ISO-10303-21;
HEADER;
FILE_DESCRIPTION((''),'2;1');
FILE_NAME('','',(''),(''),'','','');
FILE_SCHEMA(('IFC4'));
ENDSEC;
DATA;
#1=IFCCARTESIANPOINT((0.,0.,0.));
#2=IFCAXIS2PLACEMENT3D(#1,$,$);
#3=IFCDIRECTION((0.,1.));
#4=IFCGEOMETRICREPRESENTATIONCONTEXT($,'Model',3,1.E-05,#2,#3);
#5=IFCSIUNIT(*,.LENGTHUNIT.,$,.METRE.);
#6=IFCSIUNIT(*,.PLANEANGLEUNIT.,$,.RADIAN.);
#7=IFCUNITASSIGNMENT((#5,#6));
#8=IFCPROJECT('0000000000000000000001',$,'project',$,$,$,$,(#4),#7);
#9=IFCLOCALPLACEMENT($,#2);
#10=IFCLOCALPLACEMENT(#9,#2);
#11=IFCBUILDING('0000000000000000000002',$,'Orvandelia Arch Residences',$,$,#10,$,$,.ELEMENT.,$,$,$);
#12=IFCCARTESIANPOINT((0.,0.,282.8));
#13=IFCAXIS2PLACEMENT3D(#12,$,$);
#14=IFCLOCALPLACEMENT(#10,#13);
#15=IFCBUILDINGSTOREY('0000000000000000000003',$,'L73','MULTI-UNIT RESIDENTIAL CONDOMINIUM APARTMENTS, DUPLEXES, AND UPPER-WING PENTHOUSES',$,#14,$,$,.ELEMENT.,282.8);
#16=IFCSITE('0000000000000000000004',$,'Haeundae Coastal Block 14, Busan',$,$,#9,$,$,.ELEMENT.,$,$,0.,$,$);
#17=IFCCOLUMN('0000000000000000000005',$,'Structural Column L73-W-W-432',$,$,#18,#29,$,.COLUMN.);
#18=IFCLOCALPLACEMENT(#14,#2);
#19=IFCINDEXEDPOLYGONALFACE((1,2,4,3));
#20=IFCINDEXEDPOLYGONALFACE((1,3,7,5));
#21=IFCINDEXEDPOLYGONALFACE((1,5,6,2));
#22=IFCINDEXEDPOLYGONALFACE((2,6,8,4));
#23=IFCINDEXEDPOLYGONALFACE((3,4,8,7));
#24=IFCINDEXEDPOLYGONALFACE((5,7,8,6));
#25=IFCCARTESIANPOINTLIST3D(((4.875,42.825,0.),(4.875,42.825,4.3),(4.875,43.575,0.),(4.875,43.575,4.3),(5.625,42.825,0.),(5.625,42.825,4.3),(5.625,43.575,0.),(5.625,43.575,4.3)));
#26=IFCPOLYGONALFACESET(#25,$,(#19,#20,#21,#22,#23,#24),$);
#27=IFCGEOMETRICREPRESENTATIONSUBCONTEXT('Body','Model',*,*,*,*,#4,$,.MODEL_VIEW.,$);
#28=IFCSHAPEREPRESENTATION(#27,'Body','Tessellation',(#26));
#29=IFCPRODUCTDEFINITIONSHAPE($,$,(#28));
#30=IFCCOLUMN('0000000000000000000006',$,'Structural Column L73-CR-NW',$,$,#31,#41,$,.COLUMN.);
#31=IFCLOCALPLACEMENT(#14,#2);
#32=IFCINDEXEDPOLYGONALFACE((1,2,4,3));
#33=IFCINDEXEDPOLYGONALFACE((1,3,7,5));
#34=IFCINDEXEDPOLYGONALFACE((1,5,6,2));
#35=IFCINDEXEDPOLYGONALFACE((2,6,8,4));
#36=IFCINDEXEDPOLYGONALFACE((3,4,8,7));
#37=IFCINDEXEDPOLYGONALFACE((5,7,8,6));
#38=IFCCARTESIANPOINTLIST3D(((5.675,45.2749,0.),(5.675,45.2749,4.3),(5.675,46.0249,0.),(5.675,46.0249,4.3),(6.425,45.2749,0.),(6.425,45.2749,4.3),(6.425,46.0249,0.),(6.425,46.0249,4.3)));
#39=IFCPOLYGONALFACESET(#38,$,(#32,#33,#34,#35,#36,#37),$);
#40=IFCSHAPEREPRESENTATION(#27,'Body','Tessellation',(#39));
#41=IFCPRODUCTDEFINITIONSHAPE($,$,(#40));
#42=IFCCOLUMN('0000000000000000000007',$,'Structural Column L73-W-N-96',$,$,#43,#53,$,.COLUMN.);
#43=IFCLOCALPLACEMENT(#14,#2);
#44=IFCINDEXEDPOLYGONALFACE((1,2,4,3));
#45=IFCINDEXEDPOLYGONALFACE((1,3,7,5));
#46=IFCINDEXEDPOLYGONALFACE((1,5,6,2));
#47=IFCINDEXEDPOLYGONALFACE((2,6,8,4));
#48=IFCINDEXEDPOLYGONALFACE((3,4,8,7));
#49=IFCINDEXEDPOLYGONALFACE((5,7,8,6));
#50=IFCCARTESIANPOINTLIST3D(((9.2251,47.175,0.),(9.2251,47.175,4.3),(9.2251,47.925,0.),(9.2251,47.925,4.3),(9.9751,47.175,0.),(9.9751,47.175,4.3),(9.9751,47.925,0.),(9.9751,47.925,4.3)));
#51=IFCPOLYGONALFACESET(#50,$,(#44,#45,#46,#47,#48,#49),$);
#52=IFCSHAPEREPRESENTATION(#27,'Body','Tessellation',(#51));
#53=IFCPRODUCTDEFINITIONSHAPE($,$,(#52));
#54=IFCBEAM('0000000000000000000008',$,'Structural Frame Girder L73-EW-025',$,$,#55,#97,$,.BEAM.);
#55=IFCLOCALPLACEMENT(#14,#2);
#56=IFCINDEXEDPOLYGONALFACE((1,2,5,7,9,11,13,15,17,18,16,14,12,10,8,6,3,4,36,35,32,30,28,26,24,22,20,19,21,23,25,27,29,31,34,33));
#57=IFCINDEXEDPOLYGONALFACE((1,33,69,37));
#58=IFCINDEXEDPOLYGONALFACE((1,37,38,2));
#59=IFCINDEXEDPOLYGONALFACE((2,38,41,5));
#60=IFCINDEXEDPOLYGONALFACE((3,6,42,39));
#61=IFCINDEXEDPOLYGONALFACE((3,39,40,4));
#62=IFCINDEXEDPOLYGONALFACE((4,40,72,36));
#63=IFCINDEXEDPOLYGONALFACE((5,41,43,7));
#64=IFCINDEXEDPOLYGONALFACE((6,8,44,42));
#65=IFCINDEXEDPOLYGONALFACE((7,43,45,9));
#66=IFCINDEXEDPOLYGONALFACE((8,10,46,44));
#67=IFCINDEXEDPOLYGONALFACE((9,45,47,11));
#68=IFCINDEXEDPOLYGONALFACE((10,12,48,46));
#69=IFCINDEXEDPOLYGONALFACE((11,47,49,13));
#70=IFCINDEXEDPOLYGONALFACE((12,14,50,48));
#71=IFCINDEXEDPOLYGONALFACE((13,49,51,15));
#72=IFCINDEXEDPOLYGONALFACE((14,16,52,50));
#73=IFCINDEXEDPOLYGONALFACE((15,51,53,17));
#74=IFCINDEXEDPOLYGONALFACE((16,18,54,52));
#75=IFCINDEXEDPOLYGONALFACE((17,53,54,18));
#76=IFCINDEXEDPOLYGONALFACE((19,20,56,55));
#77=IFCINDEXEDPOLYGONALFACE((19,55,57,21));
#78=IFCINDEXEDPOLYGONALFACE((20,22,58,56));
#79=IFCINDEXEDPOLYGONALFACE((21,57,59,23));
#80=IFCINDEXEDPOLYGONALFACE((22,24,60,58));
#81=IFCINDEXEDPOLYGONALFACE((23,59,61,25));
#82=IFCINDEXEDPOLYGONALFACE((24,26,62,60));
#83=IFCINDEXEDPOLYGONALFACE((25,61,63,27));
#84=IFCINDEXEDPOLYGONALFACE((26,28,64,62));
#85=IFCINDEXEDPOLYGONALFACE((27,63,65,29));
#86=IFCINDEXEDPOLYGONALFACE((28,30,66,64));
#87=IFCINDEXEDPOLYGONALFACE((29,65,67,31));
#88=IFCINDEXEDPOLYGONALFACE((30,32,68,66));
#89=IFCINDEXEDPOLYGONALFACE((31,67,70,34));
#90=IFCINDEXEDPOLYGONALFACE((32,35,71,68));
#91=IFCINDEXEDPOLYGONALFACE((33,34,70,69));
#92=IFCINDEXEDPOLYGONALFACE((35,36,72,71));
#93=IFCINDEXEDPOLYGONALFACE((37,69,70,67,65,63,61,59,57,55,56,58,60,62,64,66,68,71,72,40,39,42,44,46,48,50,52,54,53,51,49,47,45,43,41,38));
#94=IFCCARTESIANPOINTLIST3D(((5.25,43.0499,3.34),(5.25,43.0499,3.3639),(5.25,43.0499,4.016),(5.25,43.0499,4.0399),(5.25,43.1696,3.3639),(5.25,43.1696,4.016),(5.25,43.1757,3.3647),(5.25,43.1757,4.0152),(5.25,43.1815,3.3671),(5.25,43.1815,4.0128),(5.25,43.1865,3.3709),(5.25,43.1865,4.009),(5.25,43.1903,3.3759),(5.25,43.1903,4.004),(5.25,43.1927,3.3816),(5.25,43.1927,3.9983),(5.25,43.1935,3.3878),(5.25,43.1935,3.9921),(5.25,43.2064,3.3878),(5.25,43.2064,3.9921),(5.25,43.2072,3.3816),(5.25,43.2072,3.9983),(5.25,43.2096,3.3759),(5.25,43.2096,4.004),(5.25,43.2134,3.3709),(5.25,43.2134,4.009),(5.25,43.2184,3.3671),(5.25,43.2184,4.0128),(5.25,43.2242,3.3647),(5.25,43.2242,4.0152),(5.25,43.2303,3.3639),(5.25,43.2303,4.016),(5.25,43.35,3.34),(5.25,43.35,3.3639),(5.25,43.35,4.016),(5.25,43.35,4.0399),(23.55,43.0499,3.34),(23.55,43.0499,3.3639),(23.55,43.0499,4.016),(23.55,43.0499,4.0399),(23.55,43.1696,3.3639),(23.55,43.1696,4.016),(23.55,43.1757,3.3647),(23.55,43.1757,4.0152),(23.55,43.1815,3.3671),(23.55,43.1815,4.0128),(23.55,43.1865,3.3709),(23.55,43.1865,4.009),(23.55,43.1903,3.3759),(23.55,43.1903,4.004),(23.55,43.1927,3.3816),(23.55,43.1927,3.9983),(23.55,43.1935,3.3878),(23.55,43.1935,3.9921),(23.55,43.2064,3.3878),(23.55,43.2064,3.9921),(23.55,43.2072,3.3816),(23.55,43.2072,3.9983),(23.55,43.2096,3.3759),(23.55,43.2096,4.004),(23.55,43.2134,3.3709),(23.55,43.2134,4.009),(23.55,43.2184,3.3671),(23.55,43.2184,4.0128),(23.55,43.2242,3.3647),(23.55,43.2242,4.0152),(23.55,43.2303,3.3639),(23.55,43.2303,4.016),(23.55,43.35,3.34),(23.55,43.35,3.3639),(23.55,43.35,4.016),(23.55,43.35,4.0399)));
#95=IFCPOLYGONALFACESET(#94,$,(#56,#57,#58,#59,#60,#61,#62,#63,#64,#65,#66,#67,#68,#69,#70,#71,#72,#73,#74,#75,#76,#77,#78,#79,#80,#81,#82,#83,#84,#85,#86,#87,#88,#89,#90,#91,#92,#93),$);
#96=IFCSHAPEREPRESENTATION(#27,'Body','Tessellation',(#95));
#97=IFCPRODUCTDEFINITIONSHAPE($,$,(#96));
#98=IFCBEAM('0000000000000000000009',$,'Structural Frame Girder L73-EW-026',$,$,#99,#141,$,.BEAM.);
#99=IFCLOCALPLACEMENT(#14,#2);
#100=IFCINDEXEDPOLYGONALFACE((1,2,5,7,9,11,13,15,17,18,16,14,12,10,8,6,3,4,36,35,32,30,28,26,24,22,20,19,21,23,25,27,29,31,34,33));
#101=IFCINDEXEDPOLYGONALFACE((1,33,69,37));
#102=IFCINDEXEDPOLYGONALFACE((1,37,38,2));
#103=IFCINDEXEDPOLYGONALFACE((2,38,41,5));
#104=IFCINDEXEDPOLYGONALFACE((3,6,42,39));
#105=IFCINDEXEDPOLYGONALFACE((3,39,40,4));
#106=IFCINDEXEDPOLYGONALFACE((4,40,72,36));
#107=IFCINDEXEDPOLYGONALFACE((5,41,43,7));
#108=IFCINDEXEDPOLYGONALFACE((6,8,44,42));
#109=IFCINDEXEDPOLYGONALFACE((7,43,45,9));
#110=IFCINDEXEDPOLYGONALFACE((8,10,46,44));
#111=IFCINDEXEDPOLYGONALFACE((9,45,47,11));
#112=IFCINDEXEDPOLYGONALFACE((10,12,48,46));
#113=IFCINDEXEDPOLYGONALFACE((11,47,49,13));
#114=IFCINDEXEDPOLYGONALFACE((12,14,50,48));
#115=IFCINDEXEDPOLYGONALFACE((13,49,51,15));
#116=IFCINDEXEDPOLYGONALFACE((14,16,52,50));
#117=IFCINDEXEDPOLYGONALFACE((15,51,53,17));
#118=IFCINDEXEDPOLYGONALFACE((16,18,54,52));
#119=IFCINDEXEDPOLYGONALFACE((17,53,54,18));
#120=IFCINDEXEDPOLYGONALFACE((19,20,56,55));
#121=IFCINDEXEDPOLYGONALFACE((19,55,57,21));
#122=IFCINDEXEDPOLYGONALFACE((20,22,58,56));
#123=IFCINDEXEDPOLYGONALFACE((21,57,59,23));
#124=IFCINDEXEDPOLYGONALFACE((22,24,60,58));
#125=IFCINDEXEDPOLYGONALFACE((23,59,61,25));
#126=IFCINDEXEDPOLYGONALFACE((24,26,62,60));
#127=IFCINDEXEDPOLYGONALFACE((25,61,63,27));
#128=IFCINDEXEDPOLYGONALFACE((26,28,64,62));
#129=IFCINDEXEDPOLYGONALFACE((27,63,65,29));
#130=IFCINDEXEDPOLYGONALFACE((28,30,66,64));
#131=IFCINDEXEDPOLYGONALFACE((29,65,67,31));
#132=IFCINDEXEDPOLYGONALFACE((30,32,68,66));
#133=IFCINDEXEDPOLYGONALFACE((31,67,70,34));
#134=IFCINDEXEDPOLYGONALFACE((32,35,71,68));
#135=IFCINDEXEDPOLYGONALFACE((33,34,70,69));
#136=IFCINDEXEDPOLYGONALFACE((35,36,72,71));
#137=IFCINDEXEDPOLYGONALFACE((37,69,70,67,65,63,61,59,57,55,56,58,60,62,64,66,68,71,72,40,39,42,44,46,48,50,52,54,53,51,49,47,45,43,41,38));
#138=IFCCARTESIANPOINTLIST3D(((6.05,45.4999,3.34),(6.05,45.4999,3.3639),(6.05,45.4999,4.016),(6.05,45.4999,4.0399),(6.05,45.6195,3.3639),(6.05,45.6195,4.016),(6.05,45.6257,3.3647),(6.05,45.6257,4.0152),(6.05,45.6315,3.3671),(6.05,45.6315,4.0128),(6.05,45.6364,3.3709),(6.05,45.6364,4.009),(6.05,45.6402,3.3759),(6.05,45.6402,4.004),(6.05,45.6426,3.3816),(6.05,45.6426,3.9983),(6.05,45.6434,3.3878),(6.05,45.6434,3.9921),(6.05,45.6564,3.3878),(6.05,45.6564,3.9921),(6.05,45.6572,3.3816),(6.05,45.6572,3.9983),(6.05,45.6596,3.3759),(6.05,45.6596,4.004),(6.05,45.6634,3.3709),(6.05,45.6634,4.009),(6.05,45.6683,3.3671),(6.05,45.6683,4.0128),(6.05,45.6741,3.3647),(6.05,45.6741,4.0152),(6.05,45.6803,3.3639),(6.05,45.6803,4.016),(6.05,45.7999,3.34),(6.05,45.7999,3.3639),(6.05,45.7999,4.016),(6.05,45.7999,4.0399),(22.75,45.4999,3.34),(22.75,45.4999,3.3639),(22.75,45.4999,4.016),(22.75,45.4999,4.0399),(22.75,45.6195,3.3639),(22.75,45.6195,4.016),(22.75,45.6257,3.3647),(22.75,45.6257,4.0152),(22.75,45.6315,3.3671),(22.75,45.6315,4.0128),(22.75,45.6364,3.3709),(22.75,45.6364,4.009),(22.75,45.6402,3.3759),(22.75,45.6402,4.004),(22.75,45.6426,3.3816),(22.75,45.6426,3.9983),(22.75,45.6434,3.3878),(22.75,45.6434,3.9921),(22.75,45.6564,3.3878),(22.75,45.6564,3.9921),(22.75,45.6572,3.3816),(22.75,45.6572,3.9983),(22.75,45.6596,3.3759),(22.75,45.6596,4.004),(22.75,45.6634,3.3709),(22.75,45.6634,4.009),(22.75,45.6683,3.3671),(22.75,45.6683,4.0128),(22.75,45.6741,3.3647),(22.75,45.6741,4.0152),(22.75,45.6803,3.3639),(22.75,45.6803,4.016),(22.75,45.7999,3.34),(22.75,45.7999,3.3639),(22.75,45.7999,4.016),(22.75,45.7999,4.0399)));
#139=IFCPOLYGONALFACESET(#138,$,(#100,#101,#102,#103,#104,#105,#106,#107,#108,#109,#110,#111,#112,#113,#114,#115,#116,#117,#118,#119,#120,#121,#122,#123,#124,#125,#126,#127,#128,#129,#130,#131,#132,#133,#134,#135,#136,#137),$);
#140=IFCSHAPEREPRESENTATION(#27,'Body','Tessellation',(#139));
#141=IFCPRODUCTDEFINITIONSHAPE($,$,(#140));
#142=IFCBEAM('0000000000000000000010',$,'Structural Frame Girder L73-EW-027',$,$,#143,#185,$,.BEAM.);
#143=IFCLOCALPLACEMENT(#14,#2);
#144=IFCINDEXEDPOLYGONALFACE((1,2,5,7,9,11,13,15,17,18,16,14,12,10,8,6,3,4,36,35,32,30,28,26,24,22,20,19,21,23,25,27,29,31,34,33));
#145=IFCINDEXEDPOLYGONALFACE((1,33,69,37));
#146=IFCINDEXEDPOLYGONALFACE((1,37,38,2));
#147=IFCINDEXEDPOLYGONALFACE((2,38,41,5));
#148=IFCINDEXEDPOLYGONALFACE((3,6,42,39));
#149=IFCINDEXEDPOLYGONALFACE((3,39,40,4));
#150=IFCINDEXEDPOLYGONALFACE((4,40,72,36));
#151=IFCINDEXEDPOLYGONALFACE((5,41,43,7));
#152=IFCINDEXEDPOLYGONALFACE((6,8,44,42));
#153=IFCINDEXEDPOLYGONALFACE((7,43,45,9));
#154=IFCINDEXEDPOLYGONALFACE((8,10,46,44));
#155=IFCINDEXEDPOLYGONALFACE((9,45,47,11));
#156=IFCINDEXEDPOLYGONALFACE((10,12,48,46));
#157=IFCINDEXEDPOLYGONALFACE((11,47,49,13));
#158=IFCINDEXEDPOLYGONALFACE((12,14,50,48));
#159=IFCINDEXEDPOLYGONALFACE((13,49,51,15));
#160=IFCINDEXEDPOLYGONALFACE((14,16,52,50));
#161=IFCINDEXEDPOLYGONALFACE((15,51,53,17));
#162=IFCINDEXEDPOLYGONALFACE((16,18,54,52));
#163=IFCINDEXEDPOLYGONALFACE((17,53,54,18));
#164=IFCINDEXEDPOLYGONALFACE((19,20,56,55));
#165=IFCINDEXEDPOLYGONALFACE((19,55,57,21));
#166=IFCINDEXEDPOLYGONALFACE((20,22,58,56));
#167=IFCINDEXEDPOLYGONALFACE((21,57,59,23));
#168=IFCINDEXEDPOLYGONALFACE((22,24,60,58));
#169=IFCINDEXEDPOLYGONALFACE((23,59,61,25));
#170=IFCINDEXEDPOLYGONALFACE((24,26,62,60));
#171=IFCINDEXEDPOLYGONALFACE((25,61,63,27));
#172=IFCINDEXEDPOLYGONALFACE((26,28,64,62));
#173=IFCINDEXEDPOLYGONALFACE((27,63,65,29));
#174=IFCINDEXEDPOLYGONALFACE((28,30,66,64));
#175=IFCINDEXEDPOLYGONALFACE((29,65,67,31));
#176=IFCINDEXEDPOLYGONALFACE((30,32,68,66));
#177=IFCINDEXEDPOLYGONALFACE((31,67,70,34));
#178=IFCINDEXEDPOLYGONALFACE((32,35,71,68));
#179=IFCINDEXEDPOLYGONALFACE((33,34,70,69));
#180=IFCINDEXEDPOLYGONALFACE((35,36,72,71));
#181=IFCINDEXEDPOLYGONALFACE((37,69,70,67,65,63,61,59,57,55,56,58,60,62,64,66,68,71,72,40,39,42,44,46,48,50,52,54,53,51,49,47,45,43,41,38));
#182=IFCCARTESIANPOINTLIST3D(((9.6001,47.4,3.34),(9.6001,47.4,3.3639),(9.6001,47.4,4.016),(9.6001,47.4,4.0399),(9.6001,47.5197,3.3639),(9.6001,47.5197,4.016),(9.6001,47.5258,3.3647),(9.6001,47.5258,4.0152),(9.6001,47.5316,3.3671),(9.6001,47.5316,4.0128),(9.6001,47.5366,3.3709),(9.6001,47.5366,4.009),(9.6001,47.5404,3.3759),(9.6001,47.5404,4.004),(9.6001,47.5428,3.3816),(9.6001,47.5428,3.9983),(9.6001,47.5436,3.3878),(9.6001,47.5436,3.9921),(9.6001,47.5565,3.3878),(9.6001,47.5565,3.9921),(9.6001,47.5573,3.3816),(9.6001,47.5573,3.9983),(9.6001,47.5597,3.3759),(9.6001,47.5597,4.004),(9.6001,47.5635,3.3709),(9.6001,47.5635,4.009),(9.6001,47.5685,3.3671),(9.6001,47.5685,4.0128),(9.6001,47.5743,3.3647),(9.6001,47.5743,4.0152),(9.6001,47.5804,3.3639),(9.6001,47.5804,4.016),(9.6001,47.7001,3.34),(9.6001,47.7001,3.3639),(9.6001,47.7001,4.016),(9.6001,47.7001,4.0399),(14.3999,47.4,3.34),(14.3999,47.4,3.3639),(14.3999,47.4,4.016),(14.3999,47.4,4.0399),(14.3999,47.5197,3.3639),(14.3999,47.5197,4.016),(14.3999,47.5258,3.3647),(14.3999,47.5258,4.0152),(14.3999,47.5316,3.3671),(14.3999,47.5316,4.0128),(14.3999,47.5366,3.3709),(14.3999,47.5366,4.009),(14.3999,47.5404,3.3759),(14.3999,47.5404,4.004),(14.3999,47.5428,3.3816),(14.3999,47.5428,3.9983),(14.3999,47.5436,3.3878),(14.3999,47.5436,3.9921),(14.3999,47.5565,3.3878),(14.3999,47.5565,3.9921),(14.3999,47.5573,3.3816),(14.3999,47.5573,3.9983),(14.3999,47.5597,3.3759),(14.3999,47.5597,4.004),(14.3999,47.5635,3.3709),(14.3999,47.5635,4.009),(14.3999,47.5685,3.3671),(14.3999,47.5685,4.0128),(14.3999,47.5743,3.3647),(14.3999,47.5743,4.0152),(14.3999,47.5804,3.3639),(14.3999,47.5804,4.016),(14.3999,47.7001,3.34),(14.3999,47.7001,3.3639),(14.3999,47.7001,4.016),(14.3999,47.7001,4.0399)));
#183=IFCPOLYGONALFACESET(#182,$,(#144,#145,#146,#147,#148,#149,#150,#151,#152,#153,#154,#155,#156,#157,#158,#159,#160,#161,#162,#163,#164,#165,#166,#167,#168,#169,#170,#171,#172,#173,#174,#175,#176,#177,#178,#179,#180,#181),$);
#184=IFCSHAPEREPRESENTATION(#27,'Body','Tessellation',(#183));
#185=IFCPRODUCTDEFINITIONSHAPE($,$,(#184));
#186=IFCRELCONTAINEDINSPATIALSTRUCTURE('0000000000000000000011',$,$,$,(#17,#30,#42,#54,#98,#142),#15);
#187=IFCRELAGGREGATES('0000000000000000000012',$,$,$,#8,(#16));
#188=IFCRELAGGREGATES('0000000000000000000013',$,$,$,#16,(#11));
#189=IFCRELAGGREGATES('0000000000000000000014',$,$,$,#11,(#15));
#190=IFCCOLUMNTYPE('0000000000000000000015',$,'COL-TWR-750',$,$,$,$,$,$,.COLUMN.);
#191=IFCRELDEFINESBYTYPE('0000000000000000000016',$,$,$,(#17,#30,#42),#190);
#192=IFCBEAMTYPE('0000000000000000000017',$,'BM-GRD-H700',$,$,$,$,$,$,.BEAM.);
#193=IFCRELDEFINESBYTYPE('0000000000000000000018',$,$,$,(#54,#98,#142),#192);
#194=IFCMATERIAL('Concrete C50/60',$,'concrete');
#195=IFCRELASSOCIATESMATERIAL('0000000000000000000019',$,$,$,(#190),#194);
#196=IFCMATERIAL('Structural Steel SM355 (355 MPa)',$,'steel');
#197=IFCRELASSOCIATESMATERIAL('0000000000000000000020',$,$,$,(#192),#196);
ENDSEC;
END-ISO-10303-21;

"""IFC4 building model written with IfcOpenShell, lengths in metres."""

from ifc_helpers import new_model, si_unit, direction, frame, origin, origin_2d, place, context, subcontext, project, spatial, rectangle, i_section, extrude, material, material_profile, profile_set, type_object, element, save


model = new_model("IFC4")

# Units and contexts
model_context = context("Model", 3, precision=1e-05, world=origin(), true_north=direction((0.0, 1.0)))
body_context = subcontext(model_context, "Body", "Model", "MODEL_VIEW")
ifc_project = project(units=[si_unit("LENGTHUNIT", "METRE"), si_unit("PLANEANGLEUNIT", "RADIAN")], contexts=[model_context])

# Site, building, storey
site_placement = place(None, origin())
site = spatial("IfcSite", under=ifc_project, at=site_placement, Name="Haeundae Coastal Block 14, Busan", CompositionType="ELEMENT", RefElevation=0.0)
building_placement = place(site_placement, origin())
building = spatial("IfcBuilding", under=site, at=building_placement, Name="Orvandelia Arch Residences", CompositionType="ELEMENT")
storey_placement = place(building_placement, frame((0.0, 0.0, 282.8)))
storey = spatial("IfcBuildingStorey", under=building, at=storey_placement, Name="L73", Description="MULTI-UNIT RESIDENTIAL CONDOMINIUM APARTMENTS, DUPLEXES, AND UPPER-WING PENTHOUSES", CompositionType="ELEMENT", Elevation=282.8)

# Columns
ifc_material_1 = material(Name="Concrete C50/60", Category="concrete")
ifc_material_profile_1 = material_profile(ifc_material_1, rectangle(XDim=0.75, YDim=0.75, at=origin_2d()), Name="Concrete C50/60", Category="concrete")
ifc_profile_set_1 = profile_set([ifc_material_profile_1], Name="Concrete C50/60")
column_type = type_object("IfcColumnType", Name="COL-TWR-750", PredefinedType="COLUMN", material=ifc_profile_set_1)
for number, where, z_axis, x_axis, name in (
    (1, (5.25, 43.2, 0.0), (0.0, 0.0, 1.0), (1.0, 0.0, 0.0), "Structural Column L73-W-W-432"),
    (2, (6.05, 45.6499, 0.0), (0.0, 0.0, 1.0), (1.0, 0.0, 0.0), "Structural Column L73-CR-NW"),
    (3, (9.6001, 47.55, 0.0), (0.0, 0.0, 1.0), (1.0, 0.0, 0.0), "Structural Column L73-W-N-96"),
):
    element("IfcColumn", number, at=place(storey_placement, frame(where, z_axis=z_axis, x_axis=x_axis)), inside=storey, type_object=column_type, Name=name, PredefinedType="COLUMN", context=body_context, shape_type="SweptSolid", body=[
        extrude(rectangle(XDim=0.75, YDim=0.75, at=origin_2d()), origin(), (0.0, 0.0, 1.0), 4.3),
    ])

# Beams
ifc_material_2 = material(Name="Structural Steel SM355 (355 MPa)", Category="steel")
ifc_material_profile_2 = material_profile(ifc_material_2, i_section(OverallWidth=0.3, OverallDepth=0.7, WebThickness=0.0129, FlangeThickness=0.0239, FilletRadius=0.0239, at=origin_2d()), Name="Structural Steel SM355 (355 MPa)", Category="steel")
ifc_profile_set_2 = profile_set([ifc_material_profile_2], Name="Structural Steel SM355 (355 MPa)")
beam_type = type_object("IfcBeamType", Name="BM-GRD-H700", PredefinedType="BEAM", material=ifc_profile_set_2)
beam_1_placement = place(storey_placement, frame((5.25, 43.2, 3.6899), z_axis=(1.0, 0.0, 0.0), x_axis=(0.0, 1.0, 0.0)))
element("IfcBeam", 4, at=beam_1_placement, inside=storey, type_object=beam_type, Name="Structural Frame Girder L73-EW-025", PredefinedType="BEAM", context=body_context, shape_type="SweptSolid", body=[
    extrude(i_section(OverallWidth=0.3, OverallDepth=0.7, WebThickness=0.0129, FlangeThickness=0.0239, FilletRadius=0.0239, at=origin_2d()), origin(), (0.0, 0.0, 1.0), 18.3),
])
beam_2_placement = place(storey_placement, frame((6.05, 45.6499, 3.6899), z_axis=(1.0, 0.0, 0.0), x_axis=(0.0, 1.0, 0.0)))
element("IfcBeam", 5, at=beam_2_placement, inside=storey, type_object=beam_type, Name="Structural Frame Girder L73-EW-026", PredefinedType="BEAM", context=body_context, shape_type="SweptSolid", body=[
    extrude(i_section(OverallWidth=0.3, OverallDepth=0.7, WebThickness=0.0129, FlangeThickness=0.0239, FilletRadius=0.0239, at=origin_2d()), origin(), (0.0, 0.0, 1.0), 16.7),
])
beam_3_placement = place(storey_placement, frame((9.6001, 47.55, 3.6899), z_axis=(1.0, 0.0, 0.0), x_axis=(0.0, 1.0, 0.0)))
element("IfcBeam", 6, at=beam_3_placement, inside=storey, type_object=beam_type, Name="Structural Frame Girder L73-EW-027", PredefinedType="BEAM", context=body_context, shape_type="SweptSolid", body=[
    extrude(i_section(OverallWidth=0.3, OverallDepth=0.7, WebThickness=0.0129, FlangeThickness=0.0239, FilletRadius=0.0239, at=origin_2d()), origin(), (0.0, 0.0, 1.0), 4.7998),
])

save(model, "model.ifc")
